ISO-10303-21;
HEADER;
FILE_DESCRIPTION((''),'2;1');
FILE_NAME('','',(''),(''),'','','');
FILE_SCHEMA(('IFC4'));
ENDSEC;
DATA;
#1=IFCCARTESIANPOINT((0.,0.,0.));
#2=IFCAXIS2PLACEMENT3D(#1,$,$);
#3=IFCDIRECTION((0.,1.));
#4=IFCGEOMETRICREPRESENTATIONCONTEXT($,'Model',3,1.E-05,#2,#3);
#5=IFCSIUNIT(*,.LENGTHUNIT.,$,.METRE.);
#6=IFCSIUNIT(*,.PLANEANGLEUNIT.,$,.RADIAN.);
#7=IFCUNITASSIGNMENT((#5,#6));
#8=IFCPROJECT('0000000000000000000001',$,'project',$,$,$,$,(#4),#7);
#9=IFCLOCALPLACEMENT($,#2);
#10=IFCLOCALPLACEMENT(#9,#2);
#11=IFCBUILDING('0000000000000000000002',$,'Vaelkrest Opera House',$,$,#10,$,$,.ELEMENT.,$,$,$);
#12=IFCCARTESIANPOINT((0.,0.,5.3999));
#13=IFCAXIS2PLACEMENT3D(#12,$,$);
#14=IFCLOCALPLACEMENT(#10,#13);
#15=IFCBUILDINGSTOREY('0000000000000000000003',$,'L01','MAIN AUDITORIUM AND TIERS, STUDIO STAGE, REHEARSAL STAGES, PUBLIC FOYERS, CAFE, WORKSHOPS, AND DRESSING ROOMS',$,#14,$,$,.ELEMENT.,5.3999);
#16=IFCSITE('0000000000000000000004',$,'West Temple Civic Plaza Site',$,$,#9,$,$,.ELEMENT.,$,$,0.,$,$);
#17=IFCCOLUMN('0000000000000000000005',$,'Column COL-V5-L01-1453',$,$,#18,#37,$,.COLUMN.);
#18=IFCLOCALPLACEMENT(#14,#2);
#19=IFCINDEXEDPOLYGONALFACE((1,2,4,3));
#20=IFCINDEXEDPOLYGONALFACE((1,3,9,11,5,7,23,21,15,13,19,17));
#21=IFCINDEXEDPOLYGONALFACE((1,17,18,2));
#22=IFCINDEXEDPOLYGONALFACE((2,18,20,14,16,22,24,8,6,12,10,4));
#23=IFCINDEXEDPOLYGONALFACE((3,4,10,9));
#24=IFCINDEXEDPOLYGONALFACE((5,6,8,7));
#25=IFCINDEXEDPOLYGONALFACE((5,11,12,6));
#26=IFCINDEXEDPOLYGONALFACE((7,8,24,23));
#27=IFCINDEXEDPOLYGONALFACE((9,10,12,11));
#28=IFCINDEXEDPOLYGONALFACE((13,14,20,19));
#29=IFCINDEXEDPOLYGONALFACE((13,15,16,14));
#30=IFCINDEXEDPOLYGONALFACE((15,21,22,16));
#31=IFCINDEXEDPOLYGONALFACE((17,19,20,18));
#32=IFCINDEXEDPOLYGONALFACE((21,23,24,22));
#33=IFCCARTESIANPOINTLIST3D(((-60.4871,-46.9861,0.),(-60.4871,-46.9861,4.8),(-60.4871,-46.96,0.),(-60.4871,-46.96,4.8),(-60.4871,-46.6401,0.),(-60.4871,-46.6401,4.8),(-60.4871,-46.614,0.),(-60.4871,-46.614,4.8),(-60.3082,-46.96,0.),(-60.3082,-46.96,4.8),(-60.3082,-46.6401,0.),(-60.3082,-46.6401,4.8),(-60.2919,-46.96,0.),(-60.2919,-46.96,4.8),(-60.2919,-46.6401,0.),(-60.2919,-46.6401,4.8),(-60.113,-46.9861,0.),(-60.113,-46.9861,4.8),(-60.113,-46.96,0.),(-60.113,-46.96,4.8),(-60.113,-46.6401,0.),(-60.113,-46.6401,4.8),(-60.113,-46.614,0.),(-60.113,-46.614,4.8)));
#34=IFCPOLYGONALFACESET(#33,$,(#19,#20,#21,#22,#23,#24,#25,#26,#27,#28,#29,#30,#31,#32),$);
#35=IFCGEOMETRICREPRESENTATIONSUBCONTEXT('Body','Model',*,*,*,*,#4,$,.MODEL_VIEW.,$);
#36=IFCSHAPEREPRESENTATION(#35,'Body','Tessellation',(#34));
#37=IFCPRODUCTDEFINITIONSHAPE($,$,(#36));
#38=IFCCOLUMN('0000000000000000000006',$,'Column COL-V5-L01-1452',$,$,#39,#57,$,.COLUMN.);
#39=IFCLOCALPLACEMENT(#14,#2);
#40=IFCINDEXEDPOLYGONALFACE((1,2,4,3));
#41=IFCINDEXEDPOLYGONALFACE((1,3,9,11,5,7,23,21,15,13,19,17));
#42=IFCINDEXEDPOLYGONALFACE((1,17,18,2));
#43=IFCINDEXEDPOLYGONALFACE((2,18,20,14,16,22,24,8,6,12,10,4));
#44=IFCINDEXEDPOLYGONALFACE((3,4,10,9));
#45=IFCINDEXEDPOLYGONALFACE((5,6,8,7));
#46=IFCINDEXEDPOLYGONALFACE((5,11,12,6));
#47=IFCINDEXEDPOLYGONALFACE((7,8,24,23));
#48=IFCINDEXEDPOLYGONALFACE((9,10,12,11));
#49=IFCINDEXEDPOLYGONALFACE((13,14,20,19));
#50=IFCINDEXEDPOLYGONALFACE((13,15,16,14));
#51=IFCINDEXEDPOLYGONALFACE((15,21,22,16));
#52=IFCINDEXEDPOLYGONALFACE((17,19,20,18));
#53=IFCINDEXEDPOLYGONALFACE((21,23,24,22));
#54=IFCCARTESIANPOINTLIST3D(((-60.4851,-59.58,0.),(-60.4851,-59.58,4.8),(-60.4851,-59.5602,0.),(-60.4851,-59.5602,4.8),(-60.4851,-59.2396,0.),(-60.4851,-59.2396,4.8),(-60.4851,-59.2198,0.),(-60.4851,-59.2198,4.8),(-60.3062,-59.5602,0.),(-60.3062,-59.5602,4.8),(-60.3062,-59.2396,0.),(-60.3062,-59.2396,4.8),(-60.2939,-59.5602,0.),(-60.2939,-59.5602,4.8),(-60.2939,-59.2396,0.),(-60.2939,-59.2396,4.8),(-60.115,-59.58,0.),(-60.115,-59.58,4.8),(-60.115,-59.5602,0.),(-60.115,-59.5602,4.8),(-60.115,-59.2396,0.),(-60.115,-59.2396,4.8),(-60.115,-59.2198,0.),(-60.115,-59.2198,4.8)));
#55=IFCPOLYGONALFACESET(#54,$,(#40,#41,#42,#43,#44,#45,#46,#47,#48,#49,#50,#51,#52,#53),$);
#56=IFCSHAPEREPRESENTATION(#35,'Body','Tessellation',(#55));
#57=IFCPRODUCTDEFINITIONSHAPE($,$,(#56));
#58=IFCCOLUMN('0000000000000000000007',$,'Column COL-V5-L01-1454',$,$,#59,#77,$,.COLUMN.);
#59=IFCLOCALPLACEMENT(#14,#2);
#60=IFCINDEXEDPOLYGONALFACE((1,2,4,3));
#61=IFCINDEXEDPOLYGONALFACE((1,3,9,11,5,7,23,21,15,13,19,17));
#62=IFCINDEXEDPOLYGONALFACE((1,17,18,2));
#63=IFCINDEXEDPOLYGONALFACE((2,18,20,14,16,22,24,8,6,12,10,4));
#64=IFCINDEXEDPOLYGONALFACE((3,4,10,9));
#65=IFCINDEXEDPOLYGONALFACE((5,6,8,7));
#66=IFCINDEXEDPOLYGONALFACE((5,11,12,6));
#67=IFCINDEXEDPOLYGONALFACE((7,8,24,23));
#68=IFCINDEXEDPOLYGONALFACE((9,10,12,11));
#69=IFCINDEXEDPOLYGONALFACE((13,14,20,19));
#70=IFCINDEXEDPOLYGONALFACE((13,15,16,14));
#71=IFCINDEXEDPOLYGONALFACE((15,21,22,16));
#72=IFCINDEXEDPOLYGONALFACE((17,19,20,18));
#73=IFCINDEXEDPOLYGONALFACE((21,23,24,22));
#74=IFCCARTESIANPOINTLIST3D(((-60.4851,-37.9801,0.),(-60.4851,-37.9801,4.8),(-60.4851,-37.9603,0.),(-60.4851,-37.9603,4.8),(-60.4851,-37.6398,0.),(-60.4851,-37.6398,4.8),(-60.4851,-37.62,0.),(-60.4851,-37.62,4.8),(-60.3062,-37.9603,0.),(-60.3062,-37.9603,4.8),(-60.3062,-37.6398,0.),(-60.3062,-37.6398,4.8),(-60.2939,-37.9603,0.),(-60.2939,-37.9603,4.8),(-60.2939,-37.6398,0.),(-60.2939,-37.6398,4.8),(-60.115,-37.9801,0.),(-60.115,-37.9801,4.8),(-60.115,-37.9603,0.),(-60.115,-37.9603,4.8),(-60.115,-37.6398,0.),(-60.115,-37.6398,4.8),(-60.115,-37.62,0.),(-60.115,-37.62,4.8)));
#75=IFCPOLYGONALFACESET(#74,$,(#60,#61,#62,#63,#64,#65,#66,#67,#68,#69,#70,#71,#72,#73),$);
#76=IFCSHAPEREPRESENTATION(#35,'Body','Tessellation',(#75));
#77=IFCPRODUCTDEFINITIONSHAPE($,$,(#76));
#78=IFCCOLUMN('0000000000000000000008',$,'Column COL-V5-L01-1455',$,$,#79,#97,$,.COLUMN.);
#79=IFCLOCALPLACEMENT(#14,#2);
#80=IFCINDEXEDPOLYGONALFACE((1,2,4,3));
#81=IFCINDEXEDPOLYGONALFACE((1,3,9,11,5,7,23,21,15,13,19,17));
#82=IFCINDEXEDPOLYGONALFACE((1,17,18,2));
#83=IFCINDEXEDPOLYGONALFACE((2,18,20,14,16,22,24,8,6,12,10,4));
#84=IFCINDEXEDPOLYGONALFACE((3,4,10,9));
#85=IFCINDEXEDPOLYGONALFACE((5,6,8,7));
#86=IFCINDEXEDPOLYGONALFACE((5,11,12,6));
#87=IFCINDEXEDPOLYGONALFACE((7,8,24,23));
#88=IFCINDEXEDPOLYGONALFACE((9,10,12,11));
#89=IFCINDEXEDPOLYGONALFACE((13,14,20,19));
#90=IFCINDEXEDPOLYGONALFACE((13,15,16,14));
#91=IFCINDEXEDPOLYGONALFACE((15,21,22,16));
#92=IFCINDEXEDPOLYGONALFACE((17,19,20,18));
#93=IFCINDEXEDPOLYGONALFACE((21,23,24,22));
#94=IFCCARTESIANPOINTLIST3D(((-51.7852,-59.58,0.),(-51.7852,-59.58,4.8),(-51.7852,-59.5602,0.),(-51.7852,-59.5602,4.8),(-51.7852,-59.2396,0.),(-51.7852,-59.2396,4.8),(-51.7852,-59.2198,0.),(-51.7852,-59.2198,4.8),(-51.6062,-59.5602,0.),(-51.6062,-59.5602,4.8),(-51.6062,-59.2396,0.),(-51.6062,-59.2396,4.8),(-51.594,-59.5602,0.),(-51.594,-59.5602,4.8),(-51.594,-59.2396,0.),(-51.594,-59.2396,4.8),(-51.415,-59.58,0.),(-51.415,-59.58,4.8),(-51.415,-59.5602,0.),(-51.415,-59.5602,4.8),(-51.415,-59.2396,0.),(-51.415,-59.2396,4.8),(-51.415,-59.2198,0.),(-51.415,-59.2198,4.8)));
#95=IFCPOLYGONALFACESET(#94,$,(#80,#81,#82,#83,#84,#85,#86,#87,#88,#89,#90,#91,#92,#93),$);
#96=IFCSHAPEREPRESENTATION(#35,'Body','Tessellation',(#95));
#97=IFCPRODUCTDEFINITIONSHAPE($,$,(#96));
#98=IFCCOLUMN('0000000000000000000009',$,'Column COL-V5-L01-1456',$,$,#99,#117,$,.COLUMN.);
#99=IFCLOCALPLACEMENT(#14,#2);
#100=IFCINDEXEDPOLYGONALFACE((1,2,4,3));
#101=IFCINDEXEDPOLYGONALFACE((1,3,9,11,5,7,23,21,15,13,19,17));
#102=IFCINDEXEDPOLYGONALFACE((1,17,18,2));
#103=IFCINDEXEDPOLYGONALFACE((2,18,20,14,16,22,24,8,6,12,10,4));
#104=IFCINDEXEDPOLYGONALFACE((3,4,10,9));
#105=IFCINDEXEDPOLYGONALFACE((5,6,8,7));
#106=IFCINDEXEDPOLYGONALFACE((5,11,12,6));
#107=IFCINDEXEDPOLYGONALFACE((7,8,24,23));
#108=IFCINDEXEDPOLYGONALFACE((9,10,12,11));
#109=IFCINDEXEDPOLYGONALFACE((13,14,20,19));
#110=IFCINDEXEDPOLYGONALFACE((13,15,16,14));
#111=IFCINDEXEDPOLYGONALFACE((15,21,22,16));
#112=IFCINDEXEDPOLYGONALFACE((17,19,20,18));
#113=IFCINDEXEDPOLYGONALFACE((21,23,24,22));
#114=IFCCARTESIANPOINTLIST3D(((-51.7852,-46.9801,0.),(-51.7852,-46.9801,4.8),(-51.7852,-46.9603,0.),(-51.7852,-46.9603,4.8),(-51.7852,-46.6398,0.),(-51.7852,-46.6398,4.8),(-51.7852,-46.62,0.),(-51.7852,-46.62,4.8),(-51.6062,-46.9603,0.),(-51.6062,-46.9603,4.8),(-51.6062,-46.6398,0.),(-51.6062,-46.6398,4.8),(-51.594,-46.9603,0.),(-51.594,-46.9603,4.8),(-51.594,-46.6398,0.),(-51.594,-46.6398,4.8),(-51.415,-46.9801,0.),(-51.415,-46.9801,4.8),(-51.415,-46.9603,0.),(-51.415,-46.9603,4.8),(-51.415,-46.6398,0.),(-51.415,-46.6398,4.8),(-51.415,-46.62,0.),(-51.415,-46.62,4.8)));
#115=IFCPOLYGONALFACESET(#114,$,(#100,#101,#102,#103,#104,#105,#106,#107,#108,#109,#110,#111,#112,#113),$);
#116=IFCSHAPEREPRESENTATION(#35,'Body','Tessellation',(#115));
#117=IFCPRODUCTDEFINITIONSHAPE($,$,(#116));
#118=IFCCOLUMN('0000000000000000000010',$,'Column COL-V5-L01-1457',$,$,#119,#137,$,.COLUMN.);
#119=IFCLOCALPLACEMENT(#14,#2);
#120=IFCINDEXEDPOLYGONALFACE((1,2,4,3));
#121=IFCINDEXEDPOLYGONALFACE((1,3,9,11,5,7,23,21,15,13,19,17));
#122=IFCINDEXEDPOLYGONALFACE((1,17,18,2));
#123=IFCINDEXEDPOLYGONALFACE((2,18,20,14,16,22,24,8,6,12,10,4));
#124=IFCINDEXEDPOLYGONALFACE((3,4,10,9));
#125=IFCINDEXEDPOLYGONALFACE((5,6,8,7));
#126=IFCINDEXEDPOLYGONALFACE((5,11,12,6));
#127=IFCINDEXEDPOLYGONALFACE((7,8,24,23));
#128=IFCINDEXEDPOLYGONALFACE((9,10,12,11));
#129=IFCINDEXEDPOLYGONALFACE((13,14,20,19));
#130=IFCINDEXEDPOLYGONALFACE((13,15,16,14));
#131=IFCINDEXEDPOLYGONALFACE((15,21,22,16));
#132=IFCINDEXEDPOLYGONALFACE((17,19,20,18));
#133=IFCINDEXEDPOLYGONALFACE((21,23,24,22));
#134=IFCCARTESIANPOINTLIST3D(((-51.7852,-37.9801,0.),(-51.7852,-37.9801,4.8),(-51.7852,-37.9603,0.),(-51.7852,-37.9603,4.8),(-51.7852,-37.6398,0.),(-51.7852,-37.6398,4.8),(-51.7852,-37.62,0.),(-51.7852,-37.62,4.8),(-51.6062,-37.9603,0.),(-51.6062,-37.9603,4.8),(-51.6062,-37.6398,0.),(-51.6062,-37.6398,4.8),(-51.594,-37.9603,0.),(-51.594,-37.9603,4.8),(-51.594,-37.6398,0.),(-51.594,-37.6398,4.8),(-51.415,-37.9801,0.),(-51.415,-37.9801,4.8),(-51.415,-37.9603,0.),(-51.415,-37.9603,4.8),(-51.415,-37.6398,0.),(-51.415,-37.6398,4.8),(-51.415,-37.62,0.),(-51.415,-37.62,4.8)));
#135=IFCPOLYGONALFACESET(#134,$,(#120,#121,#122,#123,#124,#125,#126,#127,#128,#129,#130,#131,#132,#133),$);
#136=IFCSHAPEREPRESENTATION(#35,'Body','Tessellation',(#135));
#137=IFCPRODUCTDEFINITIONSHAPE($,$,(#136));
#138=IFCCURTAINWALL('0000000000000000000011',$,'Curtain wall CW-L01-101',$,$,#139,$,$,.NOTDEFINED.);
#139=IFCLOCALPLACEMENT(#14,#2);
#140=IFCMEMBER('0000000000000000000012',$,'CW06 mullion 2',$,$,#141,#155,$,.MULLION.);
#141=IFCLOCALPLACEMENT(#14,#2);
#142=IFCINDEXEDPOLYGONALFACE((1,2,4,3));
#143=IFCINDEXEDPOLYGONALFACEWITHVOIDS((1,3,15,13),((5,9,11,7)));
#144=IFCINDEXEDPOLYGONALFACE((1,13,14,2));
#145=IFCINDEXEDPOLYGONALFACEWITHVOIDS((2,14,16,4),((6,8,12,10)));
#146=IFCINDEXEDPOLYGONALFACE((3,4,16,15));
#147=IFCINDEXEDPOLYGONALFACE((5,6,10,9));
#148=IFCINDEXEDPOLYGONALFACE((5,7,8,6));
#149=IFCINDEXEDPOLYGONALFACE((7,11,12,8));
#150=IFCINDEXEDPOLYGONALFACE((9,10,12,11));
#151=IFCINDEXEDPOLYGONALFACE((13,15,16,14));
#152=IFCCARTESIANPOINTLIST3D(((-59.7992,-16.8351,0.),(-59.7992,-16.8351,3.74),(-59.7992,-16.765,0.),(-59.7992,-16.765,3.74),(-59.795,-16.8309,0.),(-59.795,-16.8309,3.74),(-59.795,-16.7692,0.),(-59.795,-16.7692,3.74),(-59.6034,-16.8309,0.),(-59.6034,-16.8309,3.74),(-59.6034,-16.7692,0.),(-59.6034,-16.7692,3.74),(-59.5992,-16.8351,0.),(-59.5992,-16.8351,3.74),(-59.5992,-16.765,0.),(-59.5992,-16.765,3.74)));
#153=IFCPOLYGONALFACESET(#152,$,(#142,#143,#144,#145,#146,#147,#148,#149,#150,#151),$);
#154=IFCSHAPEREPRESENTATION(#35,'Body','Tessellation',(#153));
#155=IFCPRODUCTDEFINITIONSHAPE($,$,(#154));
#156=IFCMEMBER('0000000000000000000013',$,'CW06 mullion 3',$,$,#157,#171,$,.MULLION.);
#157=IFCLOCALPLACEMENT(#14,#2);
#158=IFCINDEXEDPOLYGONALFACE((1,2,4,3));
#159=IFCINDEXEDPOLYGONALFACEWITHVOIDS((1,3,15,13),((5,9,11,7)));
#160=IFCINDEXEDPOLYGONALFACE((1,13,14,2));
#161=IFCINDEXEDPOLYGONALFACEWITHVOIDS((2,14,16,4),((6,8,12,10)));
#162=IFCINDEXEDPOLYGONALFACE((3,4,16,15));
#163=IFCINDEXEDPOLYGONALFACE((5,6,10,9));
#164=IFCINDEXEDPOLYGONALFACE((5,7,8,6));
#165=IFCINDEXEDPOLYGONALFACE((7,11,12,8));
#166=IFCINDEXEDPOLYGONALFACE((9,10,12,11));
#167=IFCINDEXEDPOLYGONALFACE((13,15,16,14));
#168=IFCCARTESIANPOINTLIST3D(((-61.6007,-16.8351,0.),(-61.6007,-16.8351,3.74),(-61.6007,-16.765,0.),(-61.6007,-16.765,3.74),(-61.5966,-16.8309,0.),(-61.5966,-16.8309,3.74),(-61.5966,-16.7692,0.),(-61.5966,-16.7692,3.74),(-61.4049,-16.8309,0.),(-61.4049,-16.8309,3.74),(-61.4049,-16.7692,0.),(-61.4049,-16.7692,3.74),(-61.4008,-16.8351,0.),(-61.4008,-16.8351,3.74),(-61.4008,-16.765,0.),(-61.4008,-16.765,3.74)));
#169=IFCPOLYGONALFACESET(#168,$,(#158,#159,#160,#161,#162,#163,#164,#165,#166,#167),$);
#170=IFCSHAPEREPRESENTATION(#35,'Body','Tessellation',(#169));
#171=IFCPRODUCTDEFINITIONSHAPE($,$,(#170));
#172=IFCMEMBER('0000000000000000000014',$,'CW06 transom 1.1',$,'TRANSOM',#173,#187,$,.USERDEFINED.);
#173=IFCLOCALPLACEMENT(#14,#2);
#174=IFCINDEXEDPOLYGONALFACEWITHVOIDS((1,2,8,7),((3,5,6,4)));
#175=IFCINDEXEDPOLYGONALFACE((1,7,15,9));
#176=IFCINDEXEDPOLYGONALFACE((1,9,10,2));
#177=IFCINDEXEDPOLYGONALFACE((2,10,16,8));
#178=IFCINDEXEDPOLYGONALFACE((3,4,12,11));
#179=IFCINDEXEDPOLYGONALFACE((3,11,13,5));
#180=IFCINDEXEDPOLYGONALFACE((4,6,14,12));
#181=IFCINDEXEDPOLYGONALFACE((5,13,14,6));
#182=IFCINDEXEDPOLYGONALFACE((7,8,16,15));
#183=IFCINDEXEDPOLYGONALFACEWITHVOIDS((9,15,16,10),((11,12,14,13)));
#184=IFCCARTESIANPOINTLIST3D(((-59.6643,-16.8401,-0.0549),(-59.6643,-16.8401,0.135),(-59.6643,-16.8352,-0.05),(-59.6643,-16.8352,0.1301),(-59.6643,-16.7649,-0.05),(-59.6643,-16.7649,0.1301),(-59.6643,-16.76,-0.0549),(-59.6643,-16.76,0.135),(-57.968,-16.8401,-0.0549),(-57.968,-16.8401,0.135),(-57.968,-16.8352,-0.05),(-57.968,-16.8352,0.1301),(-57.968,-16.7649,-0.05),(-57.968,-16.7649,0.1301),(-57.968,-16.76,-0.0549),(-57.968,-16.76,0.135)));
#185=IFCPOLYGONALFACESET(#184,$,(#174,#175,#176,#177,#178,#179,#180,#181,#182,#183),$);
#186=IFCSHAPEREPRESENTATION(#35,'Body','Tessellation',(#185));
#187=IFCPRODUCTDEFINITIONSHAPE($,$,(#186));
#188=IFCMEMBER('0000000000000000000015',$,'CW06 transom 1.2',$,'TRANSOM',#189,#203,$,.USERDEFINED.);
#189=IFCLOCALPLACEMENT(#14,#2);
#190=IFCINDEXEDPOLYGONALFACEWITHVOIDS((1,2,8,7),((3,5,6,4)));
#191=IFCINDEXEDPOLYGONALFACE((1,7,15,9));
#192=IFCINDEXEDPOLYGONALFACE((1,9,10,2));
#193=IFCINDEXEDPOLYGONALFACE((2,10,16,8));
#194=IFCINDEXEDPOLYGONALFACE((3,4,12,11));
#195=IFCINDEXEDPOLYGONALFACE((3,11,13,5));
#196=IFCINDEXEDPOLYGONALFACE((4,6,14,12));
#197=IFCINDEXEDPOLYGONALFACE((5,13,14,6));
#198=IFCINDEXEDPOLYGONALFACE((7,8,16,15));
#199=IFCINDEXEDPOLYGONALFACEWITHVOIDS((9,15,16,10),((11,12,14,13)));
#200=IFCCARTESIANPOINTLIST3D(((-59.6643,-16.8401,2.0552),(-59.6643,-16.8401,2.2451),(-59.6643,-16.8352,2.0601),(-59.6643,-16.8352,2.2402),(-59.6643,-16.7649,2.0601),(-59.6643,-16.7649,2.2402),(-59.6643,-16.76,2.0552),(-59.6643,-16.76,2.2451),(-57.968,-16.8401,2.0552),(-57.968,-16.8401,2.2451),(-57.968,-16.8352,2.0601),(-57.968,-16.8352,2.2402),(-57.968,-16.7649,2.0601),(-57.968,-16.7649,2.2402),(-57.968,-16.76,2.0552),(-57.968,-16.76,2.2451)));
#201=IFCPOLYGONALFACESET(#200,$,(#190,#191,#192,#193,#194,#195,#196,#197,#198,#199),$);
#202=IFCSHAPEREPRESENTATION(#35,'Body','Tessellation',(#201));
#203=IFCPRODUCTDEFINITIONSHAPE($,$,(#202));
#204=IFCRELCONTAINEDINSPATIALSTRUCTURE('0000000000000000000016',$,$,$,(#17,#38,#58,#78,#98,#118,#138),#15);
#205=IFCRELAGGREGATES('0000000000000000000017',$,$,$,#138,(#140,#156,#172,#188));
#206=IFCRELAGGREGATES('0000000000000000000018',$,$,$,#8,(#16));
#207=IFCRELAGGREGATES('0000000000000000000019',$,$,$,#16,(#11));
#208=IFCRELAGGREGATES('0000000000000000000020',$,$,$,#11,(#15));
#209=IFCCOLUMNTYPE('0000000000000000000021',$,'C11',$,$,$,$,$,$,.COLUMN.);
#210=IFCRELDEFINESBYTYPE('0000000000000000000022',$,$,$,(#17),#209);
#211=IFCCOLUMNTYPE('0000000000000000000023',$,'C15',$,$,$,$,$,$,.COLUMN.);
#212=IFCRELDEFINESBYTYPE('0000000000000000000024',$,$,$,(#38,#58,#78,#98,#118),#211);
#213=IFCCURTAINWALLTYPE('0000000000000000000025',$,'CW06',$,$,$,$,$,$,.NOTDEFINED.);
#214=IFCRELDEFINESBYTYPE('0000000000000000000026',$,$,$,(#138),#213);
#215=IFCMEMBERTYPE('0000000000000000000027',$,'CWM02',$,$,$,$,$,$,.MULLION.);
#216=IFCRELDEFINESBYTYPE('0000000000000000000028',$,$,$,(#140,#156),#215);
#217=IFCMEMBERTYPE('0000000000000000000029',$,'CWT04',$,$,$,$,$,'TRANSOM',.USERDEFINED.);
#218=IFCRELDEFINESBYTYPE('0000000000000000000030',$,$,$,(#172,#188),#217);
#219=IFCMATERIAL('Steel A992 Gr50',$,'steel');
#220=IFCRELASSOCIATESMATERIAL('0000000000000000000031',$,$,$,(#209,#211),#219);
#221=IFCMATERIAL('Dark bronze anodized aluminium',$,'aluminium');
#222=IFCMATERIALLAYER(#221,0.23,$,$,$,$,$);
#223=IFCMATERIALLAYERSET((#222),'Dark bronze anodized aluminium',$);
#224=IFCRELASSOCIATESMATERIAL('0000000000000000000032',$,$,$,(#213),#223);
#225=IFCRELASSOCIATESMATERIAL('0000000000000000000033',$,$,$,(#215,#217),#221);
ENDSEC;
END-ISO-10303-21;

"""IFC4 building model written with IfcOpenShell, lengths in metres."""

from ifc_helpers import new_model, si_unit, direction, frame, origin, origin_2d, place, context, subcontext, project, spatial, hollow_rectangle, i_section, extrude, material, layer, layer_set, material_profile, profile_set, type_object, element, aggregate, save


model = new_model("IFC4")

# Units and contexts
model_context = context("Model", 3, precision=1e-05, world=origin(), true_north=direction((0.0, 1.0)))
body_context = subcontext(model_context, "Body", "Model", "MODEL_VIEW")
ifc_project = project(units=[si_unit("LENGTHUNIT", "METRE"), si_unit("PLANEANGLEUNIT", "RADIAN")], contexts=[model_context])

# Site, building, storey
site_placement = place(None, origin())
site = spatial("IfcSite", under=ifc_project, at=site_placement, Name="West Temple Civic Plaza Site", CompositionType="ELEMENT", RefElevation=0.0)
building_placement = place(site_placement, origin())
building = spatial("IfcBuilding", under=site, at=building_placement, Name="Vaelkrest Opera House", CompositionType="ELEMENT")
storey_placement = place(building_placement, frame((0.0, 0.0, 5.3999)))
storey = spatial("IfcBuildingStorey", under=building, at=storey_placement, Name="L01", Description="MAIN AUDITORIUM AND TIERS, STUDIO STAGE, REHEARSAL STAGES, PUBLIC FOYERS, CAFE, WORKSHOPS, AND DRESSING ROOMS", CompositionType="ELEMENT", Elevation=5.3999)

# Columns
ifc_material_1 = material(Name="Steel A992 Gr50", Category="steel")
ifc_material_profile_1 = material_profile(ifc_material_1, i_section(OverallWidth=0.374, OverallDepth=0.3721, WebThickness=0.0164, FlangeThickness=0.0261, at=origin_2d()), Name="W14X132")
ifc_profile_set_1 = profile_set([ifc_material_profile_1], Name="Steel A992 Gr50")
column_type_1 = type_object("IfcColumnType", Name="C11", PredefinedType="COLUMN", material=ifc_profile_set_1)
column_placement = place(storey_placement, frame((-60.3, -46.8, 0.0), z_axis=(0.0, 0.0, 1.0), x_axis=(1.0, 0.0, 0.0)))
element("IfcColumn", 1, at=column_placement, inside=storey, type_object=column_type_1, Name="Column COL-V5-L01-1453", PredefinedType="COLUMN", context=body_context, shape_type="SweptSolid", body=[
    extrude(i_section(OverallWidth=0.374, OverallDepth=0.3721, WebThickness=0.0164, FlangeThickness=0.0261, at=origin_2d()), origin(), (0.0, 0.0, 1.0), 4.8),
])
ifc_material_profile_2 = material_profile(ifc_material_1, i_section(OverallWidth=0.3701, OverallDepth=0.3601, WebThickness=0.0122, FlangeThickness=0.0198, at=origin_2d()), Name="W14X99")
ifc_profile_set_2 = profile_set([ifc_material_profile_2], Name="Steel A992 Gr50")
column_type_2 = type_object("IfcColumnType", Name="C15", PredefinedType="COLUMN", material=ifc_profile_set_2)
for number, where, z_axis, x_axis, name in (
    (2, (-60.3, -59.3999, 0.0), (0.0, 0.0, 1.0), (1.0, 0.0, 0.0), "Column COL-V5-L01-1452"),
    (3, (-60.3, -37.8, 0.0), (0.0, 0.0, 1.0), (1.0, 0.0, 0.0), "Column COL-V5-L01-1454"),
    (4, (-51.6001, -59.3999, 0.0), (0.0, 0.0, 1.0), (1.0, 0.0, 0.0), "Column COL-V5-L01-1455"),
    (5, (-51.6001, -46.8, 0.0), (0.0, 0.0, 1.0), (1.0, 0.0, 0.0), "Column COL-V5-L01-1456"),
    (6, (-51.6001, -37.8, 0.0), (0.0, 0.0, 1.0), (1.0, 0.0, 0.0), "Column COL-V5-L01-1457"),
):
    element("IfcColumn", number, at=place(storey_placement, frame(where, z_axis=z_axis, x_axis=x_axis)), inside=storey, type_object=column_type_2, Name=name, PredefinedType="COLUMN", context=body_context, shape_type="SweptSolid", body=[
        extrude(i_section(OverallWidth=0.3701, OverallDepth=0.3601, WebThickness=0.0122, FlangeThickness=0.0198, at=origin_2d()), origin(), (0.0, 0.0, 1.0), 4.8),
    ])

# Curtain wall, members
ifc_material_2 = material(Name="Dark bronze anodized aluminium", Category="aluminium")
ifc_layer_1 = layer(ifc_material_2, 0.23)
ifc_layer_set_1 = layer_set([ifc_layer_1], Name="Dark bronze anodized aluminium")
curtain_wall_type = type_object("IfcCurtainWallType", Name="CW06", PredefinedType="NOTDEFINED", material=ifc_layer_set_1)
curtain_wall_placement = place(storey_placement, origin())
curtain_wall = element("IfcCurtainWall", 7, at=curtain_wall_placement, inside=storey, type_object=curtain_wall_type, Name="Curtain wall CW-L01-101", PredefinedType="NOTDEFINED")
ifc_material_profile_3 = material_profile(ifc_material_2, hollow_rectangle(XDim=0.0701, YDim=0.2, WallThickness=0.0042, at=origin_2d()), Name="CWM70X200")
ifc_profile_set_3 = profile_set([ifc_material_profile_3], Name="Dark bronze anodized aluminium")
member_type_1 = type_object("IfcMemberType", Name="CWM02", PredefinedType="MULLION", material=ifc_profile_set_3)
member_1_placement = place(storey_placement, frame((-59.6992, -16.8, 0.0), z_axis=(0.0, 0.0, 1.0), x_axis=(0.0, -1.0, 0.0)))
member_1 = element("IfcMember", 8, at=member_1_placement, type_object=member_type_1, Name="CW06 mullion 2", PredefinedType="MULLION", context=body_context, shape_type="SweptSolid", body=[
    extrude(hollow_rectangle(XDim=0.0701, YDim=0.2, WallThickness=0.0042, at=origin_2d()), origin(), (0.0, 0.0, 1.0), 3.74),
])
member_2_placement = place(storey_placement, frame((-61.5007, -16.8, 0.0), z_axis=(0.0, 0.0, 1.0), x_axis=(0.0, -1.0, 0.0)))
member_2 = element("IfcMember", 9, at=member_2_placement, type_object=member_type_1, Name="CW06 mullion 3", PredefinedType="MULLION", context=body_context, shape_type="SweptSolid", body=[
    extrude(hollow_rectangle(XDim=0.0701, YDim=0.2, WallThickness=0.0042, at=origin_2d()), origin(), (0.0, 0.0, 1.0), 3.74),
])
ifc_material_profile_4 = material_profile(ifc_material_2, hollow_rectangle(XDim=0.0801, YDim=0.1899, WallThickness=0.0049, at=origin_2d()), Name="CWT80X190")
ifc_profile_set_4 = profile_set([ifc_material_profile_4], Name="Dark bronze anodized aluminium")
member_type_2 = type_object("IfcMemberType", Name="CWT04", ElementType="TRANSOM", PredefinedType="USERDEFINED", material=ifc_profile_set_4)
member_3_placement = place(storey_placement, frame((-57.968, -16.8, 0.04), z_axis=(-1.0, 0.0, 0.0), x_axis=(0.0, -1.0, 0.0)))
member_3 = element("IfcMember", 10, at=member_3_placement, type_object=member_type_2, Name="CW06 transom 1.1", ObjectType="TRANSOM", PredefinedType="USERDEFINED", context=body_context, shape_type="SweptSolid", body=[
    extrude(hollow_rectangle(XDim=0.0801, YDim=0.1899, WallThickness=0.0049, at=origin_2d()), origin(), (0.0, 0.0, 1.0), 1.6963),
])
member_4_placement = place(storey_placement, frame((-57.968, -16.8, 2.1501), z_axis=(-1.0, 0.0, 0.0), x_axis=(0.0, -1.0, 0.0)))
member_4 = element("IfcMember", 11, at=member_4_placement, type_object=member_type_2, Name="CW06 transom 1.2", ObjectType="TRANSOM", PredefinedType="USERDEFINED", context=body_context, shape_type="SweptSolid", body=[
    extrude(hollow_rectangle(XDim=0.0801, YDim=0.1899, WallThickness=0.0049, at=origin_2d()), origin(), (0.0, 0.0, 1.0), 1.6963),
])

aggregate(curtain_wall, [member_1, member_2, member_3, member_4])

save(model, "model.ifc")
